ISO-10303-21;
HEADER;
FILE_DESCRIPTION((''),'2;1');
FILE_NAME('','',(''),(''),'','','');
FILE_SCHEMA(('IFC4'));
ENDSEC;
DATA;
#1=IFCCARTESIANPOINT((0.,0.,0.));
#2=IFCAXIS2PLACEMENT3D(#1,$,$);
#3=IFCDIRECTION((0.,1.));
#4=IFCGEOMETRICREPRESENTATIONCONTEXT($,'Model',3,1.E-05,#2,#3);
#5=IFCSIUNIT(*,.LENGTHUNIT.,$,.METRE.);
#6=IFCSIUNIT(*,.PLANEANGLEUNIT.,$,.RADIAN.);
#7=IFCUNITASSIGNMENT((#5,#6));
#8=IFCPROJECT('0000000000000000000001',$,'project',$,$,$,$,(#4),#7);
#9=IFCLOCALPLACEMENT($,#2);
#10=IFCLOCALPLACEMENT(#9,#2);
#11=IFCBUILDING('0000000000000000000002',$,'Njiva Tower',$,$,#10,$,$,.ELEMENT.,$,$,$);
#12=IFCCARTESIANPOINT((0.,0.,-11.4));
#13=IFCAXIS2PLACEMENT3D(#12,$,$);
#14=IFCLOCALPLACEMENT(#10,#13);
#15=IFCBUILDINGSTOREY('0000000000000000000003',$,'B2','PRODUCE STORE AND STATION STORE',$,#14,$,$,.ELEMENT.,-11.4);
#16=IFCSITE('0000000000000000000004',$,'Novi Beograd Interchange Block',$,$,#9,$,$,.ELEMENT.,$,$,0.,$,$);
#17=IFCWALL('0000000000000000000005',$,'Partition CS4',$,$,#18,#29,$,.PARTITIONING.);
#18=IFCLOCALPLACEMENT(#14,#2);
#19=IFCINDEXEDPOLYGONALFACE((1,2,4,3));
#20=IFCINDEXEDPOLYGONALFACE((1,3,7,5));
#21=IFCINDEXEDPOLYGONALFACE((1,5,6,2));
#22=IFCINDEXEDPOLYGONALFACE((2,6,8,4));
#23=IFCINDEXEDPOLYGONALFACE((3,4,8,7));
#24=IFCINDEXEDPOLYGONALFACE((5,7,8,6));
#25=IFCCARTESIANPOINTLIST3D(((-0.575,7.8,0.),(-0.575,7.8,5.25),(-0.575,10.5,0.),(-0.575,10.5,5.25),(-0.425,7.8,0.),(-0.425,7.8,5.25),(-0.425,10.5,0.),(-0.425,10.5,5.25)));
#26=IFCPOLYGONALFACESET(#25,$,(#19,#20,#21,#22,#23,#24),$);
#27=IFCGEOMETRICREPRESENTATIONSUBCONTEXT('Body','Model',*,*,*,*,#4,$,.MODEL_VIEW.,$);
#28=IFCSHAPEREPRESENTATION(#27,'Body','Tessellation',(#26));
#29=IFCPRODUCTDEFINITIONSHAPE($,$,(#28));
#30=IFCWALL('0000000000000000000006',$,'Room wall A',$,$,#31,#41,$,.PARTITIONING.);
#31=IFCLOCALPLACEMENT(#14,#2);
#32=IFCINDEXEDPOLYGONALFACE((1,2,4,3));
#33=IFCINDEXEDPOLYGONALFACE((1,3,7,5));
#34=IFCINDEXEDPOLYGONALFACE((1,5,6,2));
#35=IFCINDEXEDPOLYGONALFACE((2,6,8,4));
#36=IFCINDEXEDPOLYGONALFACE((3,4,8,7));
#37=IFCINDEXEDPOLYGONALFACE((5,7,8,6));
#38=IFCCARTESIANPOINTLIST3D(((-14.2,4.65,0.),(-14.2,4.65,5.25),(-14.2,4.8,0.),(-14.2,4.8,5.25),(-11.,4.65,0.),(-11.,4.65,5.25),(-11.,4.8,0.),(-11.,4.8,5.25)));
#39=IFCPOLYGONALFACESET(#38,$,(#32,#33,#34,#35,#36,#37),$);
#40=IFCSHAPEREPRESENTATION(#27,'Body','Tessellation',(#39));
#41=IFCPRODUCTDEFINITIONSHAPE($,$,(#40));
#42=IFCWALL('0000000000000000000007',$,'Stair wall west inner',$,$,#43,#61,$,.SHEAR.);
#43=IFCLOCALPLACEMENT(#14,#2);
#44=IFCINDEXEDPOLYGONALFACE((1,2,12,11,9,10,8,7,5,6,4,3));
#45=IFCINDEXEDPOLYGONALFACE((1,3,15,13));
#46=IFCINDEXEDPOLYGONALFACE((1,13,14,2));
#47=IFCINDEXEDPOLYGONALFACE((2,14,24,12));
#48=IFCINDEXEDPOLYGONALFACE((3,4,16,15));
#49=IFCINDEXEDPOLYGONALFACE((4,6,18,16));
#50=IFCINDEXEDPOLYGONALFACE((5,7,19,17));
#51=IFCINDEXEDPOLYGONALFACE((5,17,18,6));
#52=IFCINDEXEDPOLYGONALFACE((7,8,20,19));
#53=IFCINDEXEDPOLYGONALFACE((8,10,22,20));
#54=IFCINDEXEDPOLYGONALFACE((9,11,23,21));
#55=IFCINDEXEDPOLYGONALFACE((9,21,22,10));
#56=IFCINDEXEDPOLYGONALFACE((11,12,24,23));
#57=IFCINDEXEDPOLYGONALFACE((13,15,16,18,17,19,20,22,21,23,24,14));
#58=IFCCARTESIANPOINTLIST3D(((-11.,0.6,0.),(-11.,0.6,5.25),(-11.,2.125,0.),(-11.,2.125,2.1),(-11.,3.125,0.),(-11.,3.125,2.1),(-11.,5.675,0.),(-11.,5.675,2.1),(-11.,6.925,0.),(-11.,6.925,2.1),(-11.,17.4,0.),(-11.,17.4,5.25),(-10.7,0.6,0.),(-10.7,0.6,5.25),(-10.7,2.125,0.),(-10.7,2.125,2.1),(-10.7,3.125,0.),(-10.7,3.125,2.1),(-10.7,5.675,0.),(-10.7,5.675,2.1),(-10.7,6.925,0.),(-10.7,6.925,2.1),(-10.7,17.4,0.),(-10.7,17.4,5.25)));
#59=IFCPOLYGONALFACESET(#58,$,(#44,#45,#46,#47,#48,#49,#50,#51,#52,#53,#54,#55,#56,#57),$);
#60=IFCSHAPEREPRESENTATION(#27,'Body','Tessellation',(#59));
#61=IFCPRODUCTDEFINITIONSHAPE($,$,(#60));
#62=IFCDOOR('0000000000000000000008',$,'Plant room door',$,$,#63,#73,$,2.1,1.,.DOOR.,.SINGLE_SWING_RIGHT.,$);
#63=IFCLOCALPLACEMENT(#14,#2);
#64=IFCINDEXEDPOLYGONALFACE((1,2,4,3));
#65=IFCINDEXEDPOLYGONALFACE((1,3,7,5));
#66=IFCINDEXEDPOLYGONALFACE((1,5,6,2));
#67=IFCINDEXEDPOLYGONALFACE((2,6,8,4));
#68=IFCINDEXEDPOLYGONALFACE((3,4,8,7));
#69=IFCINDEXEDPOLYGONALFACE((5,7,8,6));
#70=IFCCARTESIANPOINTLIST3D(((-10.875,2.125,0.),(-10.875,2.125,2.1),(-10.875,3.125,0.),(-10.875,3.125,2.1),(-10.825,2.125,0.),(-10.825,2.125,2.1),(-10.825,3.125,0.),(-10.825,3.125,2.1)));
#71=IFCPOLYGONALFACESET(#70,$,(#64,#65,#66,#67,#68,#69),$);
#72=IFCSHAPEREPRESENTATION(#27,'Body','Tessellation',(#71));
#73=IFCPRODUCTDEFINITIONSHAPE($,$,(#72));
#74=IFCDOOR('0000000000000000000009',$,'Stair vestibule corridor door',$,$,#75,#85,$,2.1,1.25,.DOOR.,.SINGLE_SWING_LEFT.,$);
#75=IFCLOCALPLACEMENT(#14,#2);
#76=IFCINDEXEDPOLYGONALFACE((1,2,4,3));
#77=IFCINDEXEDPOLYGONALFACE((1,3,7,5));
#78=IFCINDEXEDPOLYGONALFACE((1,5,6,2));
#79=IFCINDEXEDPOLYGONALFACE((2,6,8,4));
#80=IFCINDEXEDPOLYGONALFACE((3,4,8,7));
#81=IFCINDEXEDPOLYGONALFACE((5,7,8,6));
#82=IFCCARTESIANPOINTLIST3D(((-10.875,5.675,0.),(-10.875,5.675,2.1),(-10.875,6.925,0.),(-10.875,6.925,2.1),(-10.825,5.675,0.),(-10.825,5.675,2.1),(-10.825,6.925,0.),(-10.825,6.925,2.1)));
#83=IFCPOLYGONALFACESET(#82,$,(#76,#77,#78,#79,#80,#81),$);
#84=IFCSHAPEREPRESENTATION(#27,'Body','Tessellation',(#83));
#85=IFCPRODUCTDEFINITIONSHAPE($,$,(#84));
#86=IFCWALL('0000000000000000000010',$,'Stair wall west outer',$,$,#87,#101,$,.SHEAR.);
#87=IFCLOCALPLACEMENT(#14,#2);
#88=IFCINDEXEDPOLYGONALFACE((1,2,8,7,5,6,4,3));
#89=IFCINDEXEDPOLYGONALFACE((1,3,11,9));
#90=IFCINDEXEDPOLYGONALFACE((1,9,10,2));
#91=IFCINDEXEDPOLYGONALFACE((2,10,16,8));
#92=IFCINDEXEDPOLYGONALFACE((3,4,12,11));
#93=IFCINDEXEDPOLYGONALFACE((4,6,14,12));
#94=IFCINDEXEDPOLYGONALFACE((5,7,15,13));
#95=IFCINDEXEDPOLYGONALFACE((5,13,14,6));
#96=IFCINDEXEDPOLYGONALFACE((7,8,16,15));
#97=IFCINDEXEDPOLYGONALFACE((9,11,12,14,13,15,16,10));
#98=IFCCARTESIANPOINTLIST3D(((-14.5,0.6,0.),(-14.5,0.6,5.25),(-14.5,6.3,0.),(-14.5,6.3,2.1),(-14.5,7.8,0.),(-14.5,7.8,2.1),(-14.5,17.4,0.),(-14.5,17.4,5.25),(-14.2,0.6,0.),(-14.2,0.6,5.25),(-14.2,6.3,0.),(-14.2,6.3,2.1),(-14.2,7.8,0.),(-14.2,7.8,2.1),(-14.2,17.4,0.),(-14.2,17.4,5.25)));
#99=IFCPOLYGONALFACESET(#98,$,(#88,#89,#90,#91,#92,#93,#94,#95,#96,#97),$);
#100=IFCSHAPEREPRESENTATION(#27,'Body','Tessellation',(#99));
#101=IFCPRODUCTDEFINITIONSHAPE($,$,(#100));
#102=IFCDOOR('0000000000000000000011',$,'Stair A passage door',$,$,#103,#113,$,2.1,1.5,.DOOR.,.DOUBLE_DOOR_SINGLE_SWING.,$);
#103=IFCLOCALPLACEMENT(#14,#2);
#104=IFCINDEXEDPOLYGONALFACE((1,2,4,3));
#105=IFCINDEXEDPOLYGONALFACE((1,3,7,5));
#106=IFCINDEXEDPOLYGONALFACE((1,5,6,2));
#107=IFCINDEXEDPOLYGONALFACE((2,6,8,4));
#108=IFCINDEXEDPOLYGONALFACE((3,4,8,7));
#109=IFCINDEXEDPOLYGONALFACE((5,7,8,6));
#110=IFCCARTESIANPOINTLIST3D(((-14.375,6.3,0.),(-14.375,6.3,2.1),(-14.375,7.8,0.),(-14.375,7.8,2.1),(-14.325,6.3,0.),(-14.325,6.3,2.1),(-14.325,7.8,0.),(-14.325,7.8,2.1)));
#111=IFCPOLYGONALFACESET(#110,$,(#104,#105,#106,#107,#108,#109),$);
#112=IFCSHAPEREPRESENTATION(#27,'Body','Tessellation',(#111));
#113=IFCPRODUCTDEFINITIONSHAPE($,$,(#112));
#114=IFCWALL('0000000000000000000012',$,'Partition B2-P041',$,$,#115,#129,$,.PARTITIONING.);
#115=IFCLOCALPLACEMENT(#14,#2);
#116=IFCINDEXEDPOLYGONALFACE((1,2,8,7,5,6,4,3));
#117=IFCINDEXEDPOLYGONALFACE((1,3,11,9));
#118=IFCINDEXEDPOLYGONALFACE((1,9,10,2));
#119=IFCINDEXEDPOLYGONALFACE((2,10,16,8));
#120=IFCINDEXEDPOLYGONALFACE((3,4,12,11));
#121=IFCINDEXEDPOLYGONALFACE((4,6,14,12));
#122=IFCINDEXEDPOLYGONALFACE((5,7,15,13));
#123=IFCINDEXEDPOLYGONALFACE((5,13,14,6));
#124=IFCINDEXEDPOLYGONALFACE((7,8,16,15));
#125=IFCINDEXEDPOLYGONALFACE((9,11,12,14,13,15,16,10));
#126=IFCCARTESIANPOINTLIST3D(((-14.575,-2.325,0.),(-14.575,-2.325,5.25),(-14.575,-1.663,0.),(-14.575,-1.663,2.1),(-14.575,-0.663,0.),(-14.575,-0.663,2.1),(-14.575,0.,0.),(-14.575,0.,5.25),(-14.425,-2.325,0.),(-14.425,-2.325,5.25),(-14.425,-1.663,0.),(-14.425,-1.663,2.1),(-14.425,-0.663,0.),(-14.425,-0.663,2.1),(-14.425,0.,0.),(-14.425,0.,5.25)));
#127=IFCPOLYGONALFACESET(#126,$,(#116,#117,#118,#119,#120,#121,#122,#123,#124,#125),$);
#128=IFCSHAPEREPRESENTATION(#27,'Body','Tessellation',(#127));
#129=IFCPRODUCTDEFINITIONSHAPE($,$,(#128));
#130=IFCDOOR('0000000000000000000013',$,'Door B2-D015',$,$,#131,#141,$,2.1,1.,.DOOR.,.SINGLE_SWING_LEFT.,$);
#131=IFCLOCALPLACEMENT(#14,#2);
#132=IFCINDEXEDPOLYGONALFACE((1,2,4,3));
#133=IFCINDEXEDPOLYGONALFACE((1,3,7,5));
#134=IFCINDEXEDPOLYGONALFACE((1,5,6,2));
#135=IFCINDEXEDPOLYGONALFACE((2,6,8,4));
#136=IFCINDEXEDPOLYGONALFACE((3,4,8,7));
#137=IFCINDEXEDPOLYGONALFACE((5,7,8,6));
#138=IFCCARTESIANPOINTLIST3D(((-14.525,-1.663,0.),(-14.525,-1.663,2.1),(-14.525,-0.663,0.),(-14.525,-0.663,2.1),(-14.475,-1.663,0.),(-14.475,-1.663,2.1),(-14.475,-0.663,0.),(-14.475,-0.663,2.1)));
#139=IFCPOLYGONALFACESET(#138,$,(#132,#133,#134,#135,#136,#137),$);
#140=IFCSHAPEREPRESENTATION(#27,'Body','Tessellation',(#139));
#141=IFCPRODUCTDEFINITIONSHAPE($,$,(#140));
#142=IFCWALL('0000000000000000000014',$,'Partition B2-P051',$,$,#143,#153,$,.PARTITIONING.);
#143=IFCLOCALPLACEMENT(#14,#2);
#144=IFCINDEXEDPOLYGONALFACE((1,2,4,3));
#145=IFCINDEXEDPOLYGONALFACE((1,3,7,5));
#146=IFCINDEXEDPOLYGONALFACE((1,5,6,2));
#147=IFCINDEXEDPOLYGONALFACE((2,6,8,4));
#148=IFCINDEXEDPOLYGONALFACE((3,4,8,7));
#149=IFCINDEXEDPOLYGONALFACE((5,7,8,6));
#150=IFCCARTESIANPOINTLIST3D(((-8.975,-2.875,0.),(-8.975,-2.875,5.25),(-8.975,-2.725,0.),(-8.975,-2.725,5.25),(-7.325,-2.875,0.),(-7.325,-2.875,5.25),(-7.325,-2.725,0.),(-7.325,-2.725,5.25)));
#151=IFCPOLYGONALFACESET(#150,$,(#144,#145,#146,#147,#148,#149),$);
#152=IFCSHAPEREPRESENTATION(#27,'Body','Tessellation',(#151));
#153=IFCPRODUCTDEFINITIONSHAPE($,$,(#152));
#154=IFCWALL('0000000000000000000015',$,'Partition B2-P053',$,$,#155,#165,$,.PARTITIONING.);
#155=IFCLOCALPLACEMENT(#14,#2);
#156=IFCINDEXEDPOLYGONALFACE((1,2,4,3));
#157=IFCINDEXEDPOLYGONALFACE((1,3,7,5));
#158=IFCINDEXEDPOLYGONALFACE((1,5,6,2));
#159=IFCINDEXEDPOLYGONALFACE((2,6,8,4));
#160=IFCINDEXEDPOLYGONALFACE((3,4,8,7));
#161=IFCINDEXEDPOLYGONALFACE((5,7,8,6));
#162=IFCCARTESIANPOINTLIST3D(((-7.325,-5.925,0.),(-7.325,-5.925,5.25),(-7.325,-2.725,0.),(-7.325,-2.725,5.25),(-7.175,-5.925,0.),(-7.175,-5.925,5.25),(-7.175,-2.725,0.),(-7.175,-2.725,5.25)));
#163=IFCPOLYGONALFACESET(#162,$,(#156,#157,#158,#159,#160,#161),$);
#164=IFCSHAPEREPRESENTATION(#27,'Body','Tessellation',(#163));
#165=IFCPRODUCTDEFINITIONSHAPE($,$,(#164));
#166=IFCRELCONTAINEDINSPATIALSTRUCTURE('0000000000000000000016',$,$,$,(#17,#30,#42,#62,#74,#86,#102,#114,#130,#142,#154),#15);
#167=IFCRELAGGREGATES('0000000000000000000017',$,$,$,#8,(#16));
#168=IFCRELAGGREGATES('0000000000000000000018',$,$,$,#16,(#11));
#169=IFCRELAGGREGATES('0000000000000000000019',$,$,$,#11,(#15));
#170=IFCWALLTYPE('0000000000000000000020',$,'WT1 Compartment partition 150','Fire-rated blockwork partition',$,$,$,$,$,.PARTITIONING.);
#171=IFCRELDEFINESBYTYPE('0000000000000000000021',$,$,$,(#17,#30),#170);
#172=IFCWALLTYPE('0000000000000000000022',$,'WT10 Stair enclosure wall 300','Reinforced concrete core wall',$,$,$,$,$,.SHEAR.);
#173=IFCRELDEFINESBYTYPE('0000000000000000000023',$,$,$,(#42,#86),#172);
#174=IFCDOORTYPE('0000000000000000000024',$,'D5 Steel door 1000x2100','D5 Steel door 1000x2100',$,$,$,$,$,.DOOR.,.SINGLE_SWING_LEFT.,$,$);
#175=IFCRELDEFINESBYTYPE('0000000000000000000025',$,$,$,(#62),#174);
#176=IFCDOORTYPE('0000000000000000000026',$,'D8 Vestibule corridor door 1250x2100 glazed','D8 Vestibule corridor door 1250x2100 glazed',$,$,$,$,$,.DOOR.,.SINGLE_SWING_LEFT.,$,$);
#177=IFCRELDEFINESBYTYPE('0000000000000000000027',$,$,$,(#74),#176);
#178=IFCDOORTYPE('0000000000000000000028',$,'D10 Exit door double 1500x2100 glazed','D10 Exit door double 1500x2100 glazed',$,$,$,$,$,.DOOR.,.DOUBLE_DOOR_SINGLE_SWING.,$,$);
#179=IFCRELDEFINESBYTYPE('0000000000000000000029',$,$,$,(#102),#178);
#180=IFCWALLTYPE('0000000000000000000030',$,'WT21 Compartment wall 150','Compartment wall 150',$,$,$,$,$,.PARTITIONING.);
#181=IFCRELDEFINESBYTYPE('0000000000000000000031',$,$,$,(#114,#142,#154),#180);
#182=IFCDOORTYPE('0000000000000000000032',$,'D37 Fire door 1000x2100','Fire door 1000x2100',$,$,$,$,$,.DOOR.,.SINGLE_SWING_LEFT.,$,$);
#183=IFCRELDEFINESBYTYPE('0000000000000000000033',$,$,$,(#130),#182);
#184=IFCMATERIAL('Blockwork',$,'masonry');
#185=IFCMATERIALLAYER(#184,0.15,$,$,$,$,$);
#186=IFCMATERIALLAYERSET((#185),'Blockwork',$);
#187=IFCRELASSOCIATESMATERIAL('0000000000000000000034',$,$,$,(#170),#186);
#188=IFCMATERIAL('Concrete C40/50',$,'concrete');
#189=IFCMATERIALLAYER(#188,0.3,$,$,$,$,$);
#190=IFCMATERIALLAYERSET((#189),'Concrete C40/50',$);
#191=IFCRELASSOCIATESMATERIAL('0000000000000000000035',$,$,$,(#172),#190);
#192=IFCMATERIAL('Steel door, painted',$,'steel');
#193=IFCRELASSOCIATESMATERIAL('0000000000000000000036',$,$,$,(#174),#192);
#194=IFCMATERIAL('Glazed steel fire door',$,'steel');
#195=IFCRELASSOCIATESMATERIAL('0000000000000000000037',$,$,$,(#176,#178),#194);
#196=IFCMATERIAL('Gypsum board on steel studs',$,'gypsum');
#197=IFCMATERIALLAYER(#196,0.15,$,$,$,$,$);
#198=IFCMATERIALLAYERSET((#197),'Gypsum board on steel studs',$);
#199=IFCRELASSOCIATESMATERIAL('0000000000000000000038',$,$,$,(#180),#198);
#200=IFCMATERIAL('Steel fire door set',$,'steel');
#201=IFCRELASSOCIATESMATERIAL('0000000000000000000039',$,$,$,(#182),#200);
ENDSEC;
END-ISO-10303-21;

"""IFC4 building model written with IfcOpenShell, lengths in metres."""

from ifc_helpers import new_model, si_unit, direction, frame, frame_2d, origin, place, context, subcontext, project, spatial, rectangle, extrude, material, layer, layer_set, type_object, element, fill, save


model = new_model("IFC4")

# Units and contexts
model_context = context("Model", 3, precision=1e-05, world=origin(), true_north=direction((0.0, 1.0)))
body_context = subcontext(model_context, "Body", "Model", "MODEL_VIEW")
ifc_project = project(units=[si_unit("LENGTHUNIT", "METRE"), si_unit("PLANEANGLEUNIT", "RADIAN")], contexts=[model_context])

# Site, building, storey
site_placement = place(None, origin())
site = spatial("IfcSite", under=ifc_project, at=site_placement, Name="Novi Beograd Interchange Block", CompositionType="ELEMENT", RefElevation=0.0)
building_placement = place(site_placement, origin())
building = spatial("IfcBuilding", under=site, at=building_placement, Name="Njiva Tower", CompositionType="ELEMENT")
storey_placement = place(building_placement, frame((0.0, 0.0, -11.4)))
storey = spatial("IfcBuildingStorey", under=building, at=storey_placement, Name="B2", Description="PRODUCE STORE AND STATION STORE", CompositionType="ELEMENT", Elevation=-11.4)

# Shared definitions
ifc_material_1 = material(Name="Concrete C40/50", Category="concrete")

# Walls
ifc_material_2 = material(Name="Blockwork", Category="masonry")
ifc_layer_1 = layer(ifc_material_2, 0.15)
ifc_layer_set_1 = layer_set([ifc_layer_1], Name="Blockwork")
wall_type_1 = type_object("IfcWallType", Name="WT1 Compartment partition 150", Description="Fire-rated blockwork partition", PredefinedType="PARTITIONING", material=ifc_layer_set_1)
for number, where, z_axis, x_axis, name in (
    (1, (-0.5, 7.8, 0.0), (0.0, 0.0, 1.0), (0.0, 1.0, 0.0), "Partition CS4"),
):
    element("IfcWall", number, at=place(storey_placement, frame(where, z_axis=z_axis, x_axis=x_axis)), inside=storey, type_object=wall_type_1, Name=name, PredefinedType="PARTITIONING", context=body_context, shape_type="SweptSolid", body=[
        extrude(rectangle(XDim=2.7, YDim=0.15, at=frame_2d((1.35, 0.0))), origin(), (0.0, 0.0, 1.0), 5.25),
    ])
wall_1_placement = place(storey_placement, frame((-14.2, 4.725, 0.0), z_axis=(0.0, 0.0, 1.0), x_axis=(1.0, 0.0, 0.0)))
element("IfcWall", 2, at=wall_1_placement, inside=storey, type_object=wall_type_1, Name="Room wall A", PredefinedType="PARTITIONING", context=body_context, shape_type="SweptSolid", body=[
    extrude(rectangle(XDim=3.2, YDim=0.15, at=frame_2d((1.6, 0.0))), origin(), (0.0, 0.0, 1.0), 5.25),
])

# Wall, openings, doors
ifc_layer_2 = layer(ifc_material_1, 0.3)
ifc_layer_set_2 = layer_set([ifc_layer_2], Name="Concrete C40/50")
wall_type_2 = type_object("IfcWallType", Name="WT10 Stair enclosure wall 300", Description="Reinforced concrete core wall", PredefinedType="SHEAR", material=ifc_layer_set_2)
wall_2_placement = place(storey_placement, frame((-10.85, 0.6, 0.0), z_axis=(0.0, 0.0, 1.0), x_axis=(0.0, 1.0, 0.0)))
wall_2 = element("IfcWall", 3, at=wall_2_placement, inside=storey, type_object=wall_type_2, Name="Stair wall west inner", PredefinedType="SHEAR", context=body_context, shape_type="SweptSolid", body=[
    extrude(rectangle(XDim=16.8, YDim=0.3, at=frame_2d((8.4, 0.0))), origin(), (0.0, 0.0, 1.0), 5.25),
])
opening_1_placement = place(wall_2_placement, frame((5.075, 0.0, 0.0)))
opening_1 = element("IfcOpeningElement", 4, at=opening_1_placement, cuts=wall_2, PredefinedType="OPENING", context=body_context, shape_type="SweptSolid", body=[
    extrude(rectangle(XDim=1.25, YDim=2.1, at=frame_2d((0.625, 1.05))), frame((0.0, 0.16, 0.0), z_axis=(0.0, -1.0, 0.0), x_axis=(1.0, 0.0, 0.0)), (0.0, 0.0, 1.0), 0.32),
])
opening_2_placement = place(wall_2_placement, frame((1.525, 0.0, 0.0)))
opening_2 = element("IfcOpeningElement", 5, at=opening_2_placement, cuts=wall_2, PredefinedType="OPENING", context=body_context, shape_type="SweptSolid", body=[
    extrude(rectangle(XDim=1.0, YDim=2.1, at=frame_2d((0.5, 1.05))), frame((0.0, 0.16, 0.0), z_axis=(0.0, -1.0, 0.0), x_axis=(1.0, 0.0, 0.0)), (0.0, 0.0, 1.0), 0.32),
])
ifc_material_3 = material(Name="Steel door, painted", Category="steel")
door_type_1 = type_object("IfcDoorType", Name="D5 Steel door 1000x2100", Description="D5 Steel door 1000x2100", OperationType="SINGLE_SWING_LEFT", PredefinedType="DOOR", material=ifc_material_3)
door_1_placement = place(opening_2_placement, origin())
door_1 = element("IfcDoor", 6, at=door_1_placement, inside=storey, type_object=door_type_1, Name="Plant room door", OperationType="SINGLE_SWING_RIGHT", OverallHeight=2.1, OverallWidth=1.0, PredefinedType="DOOR", context=body_context, shape_type="SweptSolid", body=[
    extrude(rectangle(XDim=1.0, YDim=2.1, at=frame_2d((0.5, 1.05))), frame((0.0, 0.025, 0.0), z_axis=(0.0, -1.0, 0.0), x_axis=(1.0, 0.0, 0.0)), (0.0, 0.0, 1.0), 0.05),
])
fill(opening_2, door_1)
ifc_material_4 = material(Name="Glazed steel fire door", Category="steel")
door_type_2 = type_object("IfcDoorType", Name="D8 Vestibule corridor door 1250x2100 glazed", Description="D8 Vestibule corridor door 1250x2100 glazed", OperationType="SINGLE_SWING_LEFT", PredefinedType="DOOR", material=ifc_material_4)
door_2_placement = place(opening_1_placement, origin())
door_2 = element("IfcDoor", 7, at=door_2_placement, inside=storey, type_object=door_type_2, Name="Stair vestibule corridor door", OperationType="SINGLE_SWING_LEFT", OverallHeight=2.1, OverallWidth=1.25, PredefinedType="DOOR", context=body_context, shape_type="SweptSolid", body=[
    extrude(rectangle(XDim=1.25, YDim=2.1, at=frame_2d((0.625, 1.05))), frame((0.0, 0.025, 0.0), z_axis=(0.0, -1.0, 0.0), x_axis=(1.0, 0.0, 0.0)), (0.0, 0.0, 1.0), 0.05),
])
fill(opening_1, door_2)

# Walls, openings, doors
wall_3_placement = place(storey_placement, frame((-14.35, 0.6, 0.0), z_axis=(0.0, 0.0, 1.0), x_axis=(0.0, 1.0, 0.0)))
wall_3 = element("IfcWall", 8, at=wall_3_placement, inside=storey, type_object=wall_type_2, Name="Stair wall west outer", PredefinedType="SHEAR", context=body_context, shape_type="SweptSolid", body=[
    extrude(rectangle(XDim=16.8, YDim=0.3, at=frame_2d((8.4, 0.0))), origin(), (0.0, 0.0, 1.0), 5.25),
])
opening_3_placement = place(wall_3_placement, frame((5.7, 0.0, 0.0)))
opening_3 = element("IfcOpeningElement", 9, at=opening_3_placement, cuts=wall_3, PredefinedType="OPENING", context=body_context, shape_type="SweptSolid", body=[
    extrude(rectangle(XDim=1.5, YDim=2.1, at=frame_2d((0.75, 1.05))), frame((0.0, 0.16, 0.0), z_axis=(0.0, -1.0, 0.0), x_axis=(1.0, 0.0, 0.0)), (0.0, 0.0, 1.0), 0.32),
])
door_type_3 = type_object("IfcDoorType", Name="D10 Exit door double 1500x2100 glazed", Description="D10 Exit door double 1500x2100 glazed", OperationType="DOUBLE_DOOR_SINGLE_SWING", PredefinedType="DOOR", material=ifc_material_4)
door_3_placement = place(opening_3_placement, origin())
door_3 = element("IfcDoor", 10, at=door_3_placement, inside=storey, type_object=door_type_3, Name="Stair A passage door", OperationType="DOUBLE_DOOR_SINGLE_SWING", OverallHeight=2.1, OverallWidth=1.5, PredefinedType="DOOR", context=body_context, shape_type="SweptSolid", body=[
    extrude(rectangle(XDim=1.5, YDim=2.1, at=frame_2d((0.75, 1.05))), frame((0.0, 0.025, 0.0), z_axis=(0.0, -1.0, 0.0), x_axis=(1.0, 0.0, 0.0)), (0.0, 0.0, 1.0), 0.05),
])
fill(opening_3, door_3)
ifc_material_5 = material(Name="Gypsum board on steel studs", Category="gypsum")
ifc_layer_3 = layer(ifc_material_5, 0.15)
ifc_layer_set_3 = layer_set([ifc_layer_3], Name="Gypsum board on steel studs")
wall_type_3 = type_object("IfcWallType", Name="WT21 Compartment wall 150", Description="Compartment wall 150", PredefinedType="PARTITIONING", material=ifc_layer_set_3)
wall_4_placement = place(storey_placement, frame((-14.5, -2.325, 0.0), z_axis=(0.0, 0.0, 1.0), x_axis=(0.0, 1.0, 0.0)))
wall_4 = element("IfcWall", 11, at=wall_4_placement, inside=storey, type_object=wall_type_3, Name="Partition B2-P041", PredefinedType="PARTITIONING", context=body_context, shape_type="SweptSolid", body=[
    extrude(rectangle(XDim=2.325, YDim=0.15, at=frame_2d((1.1625, 0.0))), origin(), (0.0, 0.0, 1.0), 5.25),
])
opening_4_placement = place(wall_4_placement, frame((0.662, 0.0, 0.0)))
opening_4 = element("IfcOpeningElement", 12, at=opening_4_placement, cuts=wall_4, PredefinedType="OPENING", context=body_context, shape_type="SweptSolid", body=[
    extrude(rectangle(XDim=1.0, YDim=2.1, at=frame_2d((0.5, 1.05))), frame((0.0, 0.085, 0.0), z_axis=(0.0, -1.0, 0.0), x_axis=(1.0, 0.0, 0.0)), (0.0, 0.0, 1.0), 0.17),
])
ifc_material_6 = material(Name="Steel fire door set", Category="steel")
door_type_4 = type_object("IfcDoorType", Name="D37 Fire door 1000x2100", Description="Fire door 1000x2100", OperationType="SINGLE_SWING_LEFT", PredefinedType="DOOR", material=ifc_material_6)
door_4_placement = place(opening_4_placement, origin())
door_4 = element("IfcDoor", 13, at=door_4_placement, inside=storey, type_object=door_type_4, Name="Door B2-D015", OperationType="SINGLE_SWING_LEFT", OverallHeight=2.1, OverallWidth=1.0, PredefinedType="DOOR", context=body_context, shape_type="SweptSolid", body=[
    extrude(rectangle(XDim=1.0, YDim=2.1, at=frame_2d((0.5, 1.05))), frame((0.0, 0.025, 0.0), z_axis=(0.0, -1.0, 0.0), x_axis=(1.0, 0.0, 0.0)), (0.0, 0.0, 1.0), 0.05),
])
fill(opening_4, door_4)

# Walls
wall_5_placement = place(storey_placement, frame((-8.975, -2.8, 0.0), z_axis=(0.0, 0.0, 1.0), x_axis=(1.0, 0.0, 0.0)))
element("IfcWall", 14, at=wall_5_placement, inside=storey, type_object=wall_type_3, Name="Partition B2-P051", PredefinedType="PARTITIONING", context=body_context, shape_type="SweptSolid", body=[
    extrude(rectangle(XDim=1.65, YDim=0.15, at=frame_2d((0.825, 0.0))), origin(), (0.0, 0.0, 1.0), 5.25),
])
wall_6_placement = place(storey_placement, frame((-7.25, -5.925, 0.0), z_axis=(0.0, 0.0, 1.0), x_axis=(0.0, 1.0, 0.0)))
element("IfcWall", 15, at=wall_6_placement, inside=storey, type_object=wall_type_3, Name="Partition B2-P053", PredefinedType="PARTITIONING", context=body_context, shape_type="SweptSolid", body=[
    extrude(rectangle(XDim=3.2, YDim=0.15, at=frame_2d((1.6, 0.0))), origin(), (0.0, 0.0, 1.0), 5.25),
])

save(model, "model.ifc")
